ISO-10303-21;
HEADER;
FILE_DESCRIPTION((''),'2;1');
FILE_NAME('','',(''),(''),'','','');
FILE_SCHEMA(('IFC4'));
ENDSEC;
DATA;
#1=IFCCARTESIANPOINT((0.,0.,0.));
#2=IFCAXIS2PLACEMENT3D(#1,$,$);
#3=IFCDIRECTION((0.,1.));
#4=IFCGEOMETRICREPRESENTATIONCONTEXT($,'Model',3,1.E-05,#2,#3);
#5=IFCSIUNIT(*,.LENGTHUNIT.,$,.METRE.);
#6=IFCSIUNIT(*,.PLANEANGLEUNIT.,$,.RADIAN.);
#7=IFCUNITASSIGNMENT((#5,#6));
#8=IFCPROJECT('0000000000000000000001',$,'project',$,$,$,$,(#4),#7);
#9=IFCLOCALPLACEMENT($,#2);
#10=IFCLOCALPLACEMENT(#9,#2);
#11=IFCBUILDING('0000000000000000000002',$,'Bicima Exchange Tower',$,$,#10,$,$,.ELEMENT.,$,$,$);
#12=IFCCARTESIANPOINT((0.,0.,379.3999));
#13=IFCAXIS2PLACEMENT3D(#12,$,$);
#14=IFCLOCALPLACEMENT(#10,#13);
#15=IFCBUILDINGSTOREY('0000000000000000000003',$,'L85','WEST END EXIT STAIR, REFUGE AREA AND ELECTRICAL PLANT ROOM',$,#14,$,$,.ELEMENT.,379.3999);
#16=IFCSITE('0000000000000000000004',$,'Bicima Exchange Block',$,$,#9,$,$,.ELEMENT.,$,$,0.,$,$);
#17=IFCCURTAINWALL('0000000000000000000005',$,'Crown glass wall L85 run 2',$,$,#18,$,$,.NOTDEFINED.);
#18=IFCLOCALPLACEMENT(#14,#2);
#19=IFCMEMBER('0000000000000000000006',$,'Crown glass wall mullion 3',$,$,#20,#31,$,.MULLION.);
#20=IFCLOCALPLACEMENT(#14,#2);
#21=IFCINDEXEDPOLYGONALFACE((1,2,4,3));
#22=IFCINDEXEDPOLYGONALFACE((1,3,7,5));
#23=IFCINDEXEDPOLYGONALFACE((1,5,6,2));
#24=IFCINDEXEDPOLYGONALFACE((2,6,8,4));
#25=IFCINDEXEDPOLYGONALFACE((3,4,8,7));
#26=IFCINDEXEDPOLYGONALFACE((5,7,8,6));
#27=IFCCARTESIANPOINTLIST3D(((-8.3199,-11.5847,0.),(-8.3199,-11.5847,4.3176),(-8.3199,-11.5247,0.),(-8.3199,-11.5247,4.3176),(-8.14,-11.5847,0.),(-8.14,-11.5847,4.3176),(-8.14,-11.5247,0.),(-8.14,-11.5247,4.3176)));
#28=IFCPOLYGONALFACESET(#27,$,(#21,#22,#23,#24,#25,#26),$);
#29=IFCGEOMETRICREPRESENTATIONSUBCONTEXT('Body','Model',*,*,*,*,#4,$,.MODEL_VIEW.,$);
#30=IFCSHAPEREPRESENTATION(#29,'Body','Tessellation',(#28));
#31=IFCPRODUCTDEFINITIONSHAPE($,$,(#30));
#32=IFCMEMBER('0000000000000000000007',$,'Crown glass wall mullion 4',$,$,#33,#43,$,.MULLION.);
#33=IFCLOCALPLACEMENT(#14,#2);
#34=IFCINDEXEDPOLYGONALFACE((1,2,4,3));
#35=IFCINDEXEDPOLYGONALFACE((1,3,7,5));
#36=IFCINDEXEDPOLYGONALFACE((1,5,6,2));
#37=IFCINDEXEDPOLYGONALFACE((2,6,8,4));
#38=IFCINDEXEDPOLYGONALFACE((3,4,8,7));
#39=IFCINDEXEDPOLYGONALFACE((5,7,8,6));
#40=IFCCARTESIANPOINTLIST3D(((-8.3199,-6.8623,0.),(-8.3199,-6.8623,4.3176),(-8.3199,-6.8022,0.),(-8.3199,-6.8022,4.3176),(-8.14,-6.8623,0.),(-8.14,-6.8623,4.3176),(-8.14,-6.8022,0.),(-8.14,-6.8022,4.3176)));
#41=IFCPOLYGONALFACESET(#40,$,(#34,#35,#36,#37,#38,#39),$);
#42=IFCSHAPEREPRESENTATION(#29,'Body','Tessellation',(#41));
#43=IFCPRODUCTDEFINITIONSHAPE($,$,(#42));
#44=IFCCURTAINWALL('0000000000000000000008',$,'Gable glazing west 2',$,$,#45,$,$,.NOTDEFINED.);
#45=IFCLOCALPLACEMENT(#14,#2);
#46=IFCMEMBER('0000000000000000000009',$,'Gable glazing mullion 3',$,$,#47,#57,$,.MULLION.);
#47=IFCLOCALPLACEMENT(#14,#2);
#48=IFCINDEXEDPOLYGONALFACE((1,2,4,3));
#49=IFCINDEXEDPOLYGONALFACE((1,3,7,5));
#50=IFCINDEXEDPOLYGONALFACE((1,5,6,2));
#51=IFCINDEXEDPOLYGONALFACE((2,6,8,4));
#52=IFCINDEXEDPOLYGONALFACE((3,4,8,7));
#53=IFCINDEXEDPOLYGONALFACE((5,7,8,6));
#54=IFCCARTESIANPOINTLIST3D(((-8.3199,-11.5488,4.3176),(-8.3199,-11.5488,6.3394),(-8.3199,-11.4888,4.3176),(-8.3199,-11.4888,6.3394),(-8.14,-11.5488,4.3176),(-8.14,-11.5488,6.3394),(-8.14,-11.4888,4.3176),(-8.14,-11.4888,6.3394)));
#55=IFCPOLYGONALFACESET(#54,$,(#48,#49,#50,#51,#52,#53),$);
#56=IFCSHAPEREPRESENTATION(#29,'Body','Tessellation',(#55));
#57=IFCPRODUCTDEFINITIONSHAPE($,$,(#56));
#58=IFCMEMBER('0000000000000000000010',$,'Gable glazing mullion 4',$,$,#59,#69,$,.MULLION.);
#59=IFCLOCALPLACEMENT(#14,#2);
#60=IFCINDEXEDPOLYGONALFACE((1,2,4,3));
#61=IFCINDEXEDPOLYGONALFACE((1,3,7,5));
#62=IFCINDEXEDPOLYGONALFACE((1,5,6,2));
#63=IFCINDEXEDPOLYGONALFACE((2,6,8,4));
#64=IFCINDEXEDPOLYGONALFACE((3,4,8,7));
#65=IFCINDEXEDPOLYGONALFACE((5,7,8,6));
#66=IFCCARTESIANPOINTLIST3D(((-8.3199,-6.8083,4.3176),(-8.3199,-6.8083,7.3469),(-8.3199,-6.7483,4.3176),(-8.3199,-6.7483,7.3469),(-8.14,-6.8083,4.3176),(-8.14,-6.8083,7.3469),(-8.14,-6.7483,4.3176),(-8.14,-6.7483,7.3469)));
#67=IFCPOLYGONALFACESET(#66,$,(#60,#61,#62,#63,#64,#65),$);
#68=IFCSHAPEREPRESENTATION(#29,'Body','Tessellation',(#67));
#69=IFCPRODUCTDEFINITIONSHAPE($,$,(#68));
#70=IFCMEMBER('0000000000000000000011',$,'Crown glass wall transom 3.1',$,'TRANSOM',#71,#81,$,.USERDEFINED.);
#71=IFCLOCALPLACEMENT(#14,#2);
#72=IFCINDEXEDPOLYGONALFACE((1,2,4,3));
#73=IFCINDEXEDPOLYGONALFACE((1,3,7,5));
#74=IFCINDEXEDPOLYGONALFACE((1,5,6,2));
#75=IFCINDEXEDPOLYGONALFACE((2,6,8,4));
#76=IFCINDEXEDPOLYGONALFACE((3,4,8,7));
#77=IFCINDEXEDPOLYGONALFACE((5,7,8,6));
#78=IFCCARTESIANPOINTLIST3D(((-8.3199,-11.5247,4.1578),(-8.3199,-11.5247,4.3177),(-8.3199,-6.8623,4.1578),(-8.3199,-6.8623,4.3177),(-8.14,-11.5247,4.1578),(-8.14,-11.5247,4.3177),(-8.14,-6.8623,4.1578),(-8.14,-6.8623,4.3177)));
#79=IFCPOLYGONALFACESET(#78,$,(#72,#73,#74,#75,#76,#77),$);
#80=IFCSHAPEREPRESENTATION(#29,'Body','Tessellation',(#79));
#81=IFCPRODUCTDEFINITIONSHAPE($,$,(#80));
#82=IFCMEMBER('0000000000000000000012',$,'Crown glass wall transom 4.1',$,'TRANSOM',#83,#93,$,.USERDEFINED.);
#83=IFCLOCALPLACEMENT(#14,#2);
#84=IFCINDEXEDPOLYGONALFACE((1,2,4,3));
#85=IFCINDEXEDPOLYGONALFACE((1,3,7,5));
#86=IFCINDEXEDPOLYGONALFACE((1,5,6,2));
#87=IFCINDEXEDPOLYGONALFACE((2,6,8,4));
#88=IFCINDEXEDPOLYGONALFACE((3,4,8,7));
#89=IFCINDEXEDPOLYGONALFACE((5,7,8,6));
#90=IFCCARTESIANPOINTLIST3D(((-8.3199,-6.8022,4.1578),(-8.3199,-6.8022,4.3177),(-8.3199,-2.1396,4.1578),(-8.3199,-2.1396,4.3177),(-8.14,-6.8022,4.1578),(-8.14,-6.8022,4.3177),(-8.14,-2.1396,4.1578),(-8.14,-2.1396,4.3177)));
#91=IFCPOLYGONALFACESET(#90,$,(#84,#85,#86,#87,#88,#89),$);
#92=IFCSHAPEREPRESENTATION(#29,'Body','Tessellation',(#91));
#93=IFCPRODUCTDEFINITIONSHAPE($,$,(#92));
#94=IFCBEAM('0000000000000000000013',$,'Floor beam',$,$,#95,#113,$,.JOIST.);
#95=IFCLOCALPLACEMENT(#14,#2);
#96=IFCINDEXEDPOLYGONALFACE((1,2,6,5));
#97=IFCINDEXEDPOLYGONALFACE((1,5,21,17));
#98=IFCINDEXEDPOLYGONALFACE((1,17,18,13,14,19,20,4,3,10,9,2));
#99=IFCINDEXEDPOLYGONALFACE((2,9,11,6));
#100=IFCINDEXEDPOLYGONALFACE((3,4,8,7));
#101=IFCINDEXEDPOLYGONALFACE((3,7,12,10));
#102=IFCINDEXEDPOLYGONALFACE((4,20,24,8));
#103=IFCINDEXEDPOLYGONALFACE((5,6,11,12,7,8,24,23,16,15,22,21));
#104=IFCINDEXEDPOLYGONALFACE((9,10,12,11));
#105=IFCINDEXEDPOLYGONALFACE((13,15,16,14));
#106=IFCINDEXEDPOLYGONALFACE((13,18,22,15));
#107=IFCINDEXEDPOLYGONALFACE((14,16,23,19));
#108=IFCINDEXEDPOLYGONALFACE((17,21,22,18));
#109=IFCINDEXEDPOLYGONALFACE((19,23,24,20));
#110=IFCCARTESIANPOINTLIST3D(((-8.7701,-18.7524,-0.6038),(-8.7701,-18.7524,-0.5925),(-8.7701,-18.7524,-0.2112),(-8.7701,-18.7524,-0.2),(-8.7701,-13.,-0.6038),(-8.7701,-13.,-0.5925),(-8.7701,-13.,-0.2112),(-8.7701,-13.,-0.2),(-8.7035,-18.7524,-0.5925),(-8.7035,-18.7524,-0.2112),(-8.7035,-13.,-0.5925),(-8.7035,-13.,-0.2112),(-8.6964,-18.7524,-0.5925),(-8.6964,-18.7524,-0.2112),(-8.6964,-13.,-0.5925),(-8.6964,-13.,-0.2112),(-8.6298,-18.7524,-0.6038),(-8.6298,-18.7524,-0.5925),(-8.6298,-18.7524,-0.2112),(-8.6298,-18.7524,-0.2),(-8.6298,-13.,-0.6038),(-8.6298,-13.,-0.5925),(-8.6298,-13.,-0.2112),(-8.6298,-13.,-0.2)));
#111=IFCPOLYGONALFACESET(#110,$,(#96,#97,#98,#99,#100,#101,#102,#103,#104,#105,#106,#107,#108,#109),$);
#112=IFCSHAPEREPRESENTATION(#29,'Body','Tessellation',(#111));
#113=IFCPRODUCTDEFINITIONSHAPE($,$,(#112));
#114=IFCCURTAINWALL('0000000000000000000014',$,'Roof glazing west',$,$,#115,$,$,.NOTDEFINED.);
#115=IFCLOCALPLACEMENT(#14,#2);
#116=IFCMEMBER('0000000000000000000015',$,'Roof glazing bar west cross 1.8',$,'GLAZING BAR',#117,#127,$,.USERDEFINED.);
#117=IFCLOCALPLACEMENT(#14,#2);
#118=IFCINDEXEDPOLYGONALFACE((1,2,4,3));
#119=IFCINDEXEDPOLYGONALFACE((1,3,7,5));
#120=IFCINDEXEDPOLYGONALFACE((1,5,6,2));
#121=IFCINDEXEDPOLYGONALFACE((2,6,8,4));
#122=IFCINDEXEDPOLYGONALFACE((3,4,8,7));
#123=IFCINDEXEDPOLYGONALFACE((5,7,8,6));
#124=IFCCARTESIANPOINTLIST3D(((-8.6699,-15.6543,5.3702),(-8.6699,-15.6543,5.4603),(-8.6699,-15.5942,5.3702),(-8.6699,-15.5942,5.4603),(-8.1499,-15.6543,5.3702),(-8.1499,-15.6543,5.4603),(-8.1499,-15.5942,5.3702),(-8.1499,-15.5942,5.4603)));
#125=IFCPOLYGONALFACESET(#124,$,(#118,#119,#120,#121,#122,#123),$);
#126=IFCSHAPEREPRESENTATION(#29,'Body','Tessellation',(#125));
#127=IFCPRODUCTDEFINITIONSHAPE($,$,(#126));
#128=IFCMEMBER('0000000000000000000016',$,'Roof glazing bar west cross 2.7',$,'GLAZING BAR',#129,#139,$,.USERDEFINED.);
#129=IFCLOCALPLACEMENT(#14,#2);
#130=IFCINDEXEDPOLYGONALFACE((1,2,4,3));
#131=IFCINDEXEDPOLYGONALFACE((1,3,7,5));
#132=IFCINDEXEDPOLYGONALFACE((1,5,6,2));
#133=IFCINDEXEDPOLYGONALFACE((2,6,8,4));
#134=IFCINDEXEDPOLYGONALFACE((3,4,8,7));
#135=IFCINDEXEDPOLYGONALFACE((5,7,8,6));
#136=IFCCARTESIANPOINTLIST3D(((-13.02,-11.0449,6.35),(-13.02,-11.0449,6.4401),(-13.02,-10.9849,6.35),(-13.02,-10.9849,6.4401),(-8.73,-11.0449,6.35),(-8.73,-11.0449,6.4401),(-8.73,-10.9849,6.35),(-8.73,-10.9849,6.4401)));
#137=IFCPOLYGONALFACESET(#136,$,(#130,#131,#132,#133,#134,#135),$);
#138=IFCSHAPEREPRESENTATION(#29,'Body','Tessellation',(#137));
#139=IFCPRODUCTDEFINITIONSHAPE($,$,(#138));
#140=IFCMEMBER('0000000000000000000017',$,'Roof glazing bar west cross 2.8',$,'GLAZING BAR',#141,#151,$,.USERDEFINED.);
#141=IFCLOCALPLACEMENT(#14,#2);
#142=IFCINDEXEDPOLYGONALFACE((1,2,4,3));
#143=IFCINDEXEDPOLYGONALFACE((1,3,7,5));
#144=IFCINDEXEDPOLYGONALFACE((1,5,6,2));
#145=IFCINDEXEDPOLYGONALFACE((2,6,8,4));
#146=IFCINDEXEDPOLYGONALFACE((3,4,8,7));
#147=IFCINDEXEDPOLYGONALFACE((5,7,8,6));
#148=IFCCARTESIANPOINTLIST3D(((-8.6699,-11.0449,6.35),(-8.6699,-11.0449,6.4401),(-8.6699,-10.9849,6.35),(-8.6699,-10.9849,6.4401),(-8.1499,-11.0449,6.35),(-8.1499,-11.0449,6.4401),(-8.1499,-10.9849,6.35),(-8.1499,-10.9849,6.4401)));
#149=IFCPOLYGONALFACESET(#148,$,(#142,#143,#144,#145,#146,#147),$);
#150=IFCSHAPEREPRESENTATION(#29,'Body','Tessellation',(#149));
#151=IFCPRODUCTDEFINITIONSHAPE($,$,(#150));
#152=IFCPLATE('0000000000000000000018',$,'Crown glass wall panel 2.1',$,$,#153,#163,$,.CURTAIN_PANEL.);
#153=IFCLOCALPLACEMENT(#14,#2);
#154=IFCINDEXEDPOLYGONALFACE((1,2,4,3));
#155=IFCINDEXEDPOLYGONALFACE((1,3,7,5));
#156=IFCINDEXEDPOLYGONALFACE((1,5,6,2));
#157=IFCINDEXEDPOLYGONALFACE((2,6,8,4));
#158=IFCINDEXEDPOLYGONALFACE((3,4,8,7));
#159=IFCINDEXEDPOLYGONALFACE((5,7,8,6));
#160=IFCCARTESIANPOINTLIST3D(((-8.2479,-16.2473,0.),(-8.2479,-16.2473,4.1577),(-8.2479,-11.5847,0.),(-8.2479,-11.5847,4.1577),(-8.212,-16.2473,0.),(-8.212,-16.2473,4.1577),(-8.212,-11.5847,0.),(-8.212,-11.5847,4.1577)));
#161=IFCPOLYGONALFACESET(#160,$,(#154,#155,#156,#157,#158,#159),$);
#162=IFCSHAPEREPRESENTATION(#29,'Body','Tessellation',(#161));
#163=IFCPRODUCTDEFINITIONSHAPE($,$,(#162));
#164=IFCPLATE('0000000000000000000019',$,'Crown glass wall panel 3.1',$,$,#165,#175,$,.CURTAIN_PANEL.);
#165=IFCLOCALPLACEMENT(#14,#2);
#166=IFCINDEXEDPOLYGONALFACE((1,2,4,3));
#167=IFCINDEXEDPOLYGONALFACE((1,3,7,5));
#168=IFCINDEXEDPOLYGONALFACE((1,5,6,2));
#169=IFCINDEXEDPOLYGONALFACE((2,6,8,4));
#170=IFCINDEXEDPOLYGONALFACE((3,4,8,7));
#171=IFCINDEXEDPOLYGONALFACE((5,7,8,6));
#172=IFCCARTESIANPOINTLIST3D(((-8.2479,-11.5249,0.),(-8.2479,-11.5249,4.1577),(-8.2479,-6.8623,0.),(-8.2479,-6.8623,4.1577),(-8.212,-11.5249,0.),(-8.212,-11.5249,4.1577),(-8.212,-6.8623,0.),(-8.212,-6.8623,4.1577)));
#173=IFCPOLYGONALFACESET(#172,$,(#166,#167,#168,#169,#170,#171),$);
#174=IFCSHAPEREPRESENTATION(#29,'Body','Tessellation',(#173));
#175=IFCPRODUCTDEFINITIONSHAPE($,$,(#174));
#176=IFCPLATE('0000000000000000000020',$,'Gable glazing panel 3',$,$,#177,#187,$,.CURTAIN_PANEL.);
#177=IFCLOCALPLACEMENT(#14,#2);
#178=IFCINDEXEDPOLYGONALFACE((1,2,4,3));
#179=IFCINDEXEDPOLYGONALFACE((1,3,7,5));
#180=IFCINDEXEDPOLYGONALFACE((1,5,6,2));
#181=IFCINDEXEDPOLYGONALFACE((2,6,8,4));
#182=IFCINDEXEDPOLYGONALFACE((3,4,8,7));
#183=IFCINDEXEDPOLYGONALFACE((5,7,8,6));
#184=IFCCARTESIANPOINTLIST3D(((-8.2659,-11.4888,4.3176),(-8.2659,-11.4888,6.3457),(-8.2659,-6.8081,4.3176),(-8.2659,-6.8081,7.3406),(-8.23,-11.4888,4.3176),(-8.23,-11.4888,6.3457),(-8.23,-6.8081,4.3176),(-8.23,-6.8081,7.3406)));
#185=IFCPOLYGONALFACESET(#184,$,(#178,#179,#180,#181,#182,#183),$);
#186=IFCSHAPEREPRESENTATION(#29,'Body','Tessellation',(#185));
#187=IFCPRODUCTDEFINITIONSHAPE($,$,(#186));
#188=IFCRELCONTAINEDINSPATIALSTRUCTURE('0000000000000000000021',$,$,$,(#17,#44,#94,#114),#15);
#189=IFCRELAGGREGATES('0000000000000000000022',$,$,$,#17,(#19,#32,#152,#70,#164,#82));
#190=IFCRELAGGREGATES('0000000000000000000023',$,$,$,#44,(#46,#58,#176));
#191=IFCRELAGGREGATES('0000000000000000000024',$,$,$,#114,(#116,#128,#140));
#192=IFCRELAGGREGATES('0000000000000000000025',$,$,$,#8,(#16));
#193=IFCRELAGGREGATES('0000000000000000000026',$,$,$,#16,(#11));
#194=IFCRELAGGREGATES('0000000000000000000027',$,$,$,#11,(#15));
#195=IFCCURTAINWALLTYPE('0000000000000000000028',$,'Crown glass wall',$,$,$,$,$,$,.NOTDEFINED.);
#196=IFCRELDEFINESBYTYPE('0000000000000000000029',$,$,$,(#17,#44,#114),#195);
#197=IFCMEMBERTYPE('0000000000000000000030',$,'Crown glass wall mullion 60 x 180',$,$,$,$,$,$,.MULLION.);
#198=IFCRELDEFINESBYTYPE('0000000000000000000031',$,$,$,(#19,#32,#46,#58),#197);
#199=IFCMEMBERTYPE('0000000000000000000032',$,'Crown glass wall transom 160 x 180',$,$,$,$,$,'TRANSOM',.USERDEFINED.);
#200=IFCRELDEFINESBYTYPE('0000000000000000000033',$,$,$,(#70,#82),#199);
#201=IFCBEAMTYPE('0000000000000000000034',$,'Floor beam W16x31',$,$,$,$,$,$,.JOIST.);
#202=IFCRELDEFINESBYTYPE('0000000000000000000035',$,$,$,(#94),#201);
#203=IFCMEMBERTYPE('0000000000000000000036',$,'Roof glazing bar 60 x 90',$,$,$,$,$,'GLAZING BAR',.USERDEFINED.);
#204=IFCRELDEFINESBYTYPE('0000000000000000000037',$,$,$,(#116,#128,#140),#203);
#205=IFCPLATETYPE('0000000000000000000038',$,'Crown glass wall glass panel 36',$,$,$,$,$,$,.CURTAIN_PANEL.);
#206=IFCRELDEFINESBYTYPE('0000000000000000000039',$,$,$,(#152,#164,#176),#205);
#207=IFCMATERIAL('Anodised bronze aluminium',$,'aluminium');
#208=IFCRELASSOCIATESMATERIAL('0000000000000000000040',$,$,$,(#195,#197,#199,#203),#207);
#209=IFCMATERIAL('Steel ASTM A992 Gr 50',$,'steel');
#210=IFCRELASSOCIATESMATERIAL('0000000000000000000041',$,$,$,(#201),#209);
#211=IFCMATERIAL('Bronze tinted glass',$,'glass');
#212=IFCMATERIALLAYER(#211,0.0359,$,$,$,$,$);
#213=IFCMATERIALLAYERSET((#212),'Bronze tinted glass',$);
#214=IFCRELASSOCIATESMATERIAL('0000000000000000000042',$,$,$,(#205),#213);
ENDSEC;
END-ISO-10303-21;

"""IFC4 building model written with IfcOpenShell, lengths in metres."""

from ifc_helpers import new_model, si_unit, direction, frame, origin, origin_2d, place, context, subcontext, project, spatial, polyline, rectangle, i_section, outline, extrude, material, layer, layer_set, material_profile, profile_set, type_object, element, aggregate, save


model = new_model("IFC4")

# Units and contexts
model_context = context("Model", 3, precision=1e-05, world=origin(), true_north=direction((0.0, 1.0)))
body_context = subcontext(model_context, "Body", "Model", "MODEL_VIEW")
ifc_project = project(units=[si_unit("LENGTHUNIT", "METRE"), si_unit("PLANEANGLEUNIT", "RADIAN")], contexts=[model_context])

# Site, building, storey
site_placement = place(None, origin())
site = spatial("IfcSite", under=ifc_project, at=site_placement, Name="Bicima Exchange Block", CompositionType="ELEMENT", RefElevation=0.0)
building_placement = place(site_placement, origin())
building = spatial("IfcBuilding", under=site, at=building_placement, Name="Bicima Exchange Tower", CompositionType="ELEMENT")
storey_placement = place(building_placement, frame((0.0, 0.0, 379.3999)))
storey = spatial("IfcBuildingStorey", under=building, at=storey_placement, Name="L85", Description="WEST END EXIT STAIR, REFUGE AREA AND ELECTRICAL PLANT ROOM", CompositionType="ELEMENT", Elevation=379.3999)

# Curtain walls, members
ifc_material_1 = material(Name="Anodised bronze aluminium", Category="aluminium")
curtain_wall_type = type_object("IfcCurtainWallType", Name="Crown glass wall", PredefinedType="NOTDEFINED", material=ifc_material_1)
curtain_wall_1_placement = place(storey_placement, origin())
curtain_wall_1 = element("IfcCurtainWall", 1, at=curtain_wall_1_placement, inside=storey, type_object=curtain_wall_type, Name="Crown glass wall L85 run 2", PredefinedType="NOTDEFINED")
ifc_material_profile_1 = material_profile(ifc_material_1, rectangle(XDim=0.1799, YDim=0.0601, at=origin_2d()))
ifc_profile_set_1 = profile_set([ifc_material_profile_1], Name="Anodised bronze aluminium")
member_type_1 = type_object("IfcMemberType", Name="Crown glass wall mullion 60 x 180", PredefinedType="MULLION", material=ifc_profile_set_1)
member_1_placement = place(storey_placement, frame((-8.23, -11.5547, 0.0), z_axis=(0.0, 0.0, 1.0), x_axis=(-1.0, 0.0, 0.0)))
member_1 = element("IfcMember", 2, at=member_1_placement, type_object=member_type_1, Name="Crown glass wall mullion 3", PredefinedType="MULLION", context=body_context, shape_type="SweptSolid", body=[
    extrude(rectangle(XDim=0.1799, YDim=0.0601, at=origin_2d()), origin(), (0.0, 0.0, 1.0), 4.3176),
])
member_2_placement = place(storey_placement, frame((-8.23, -6.8323, 0.0), z_axis=(0.0, 0.0, 1.0), x_axis=(-1.0, 0.0, 0.0)))
member_2 = element("IfcMember", 3, at=member_2_placement, type_object=member_type_1, Name="Crown glass wall mullion 4", PredefinedType="MULLION", context=body_context, shape_type="SweptSolid", body=[
    extrude(rectangle(XDim=0.1799, YDim=0.0601, at=origin_2d()), origin(), (0.0, 0.0, 1.0), 4.3176),
])
curtain_wall_2_placement = place(storey_placement, origin())
curtain_wall_2 = element("IfcCurtainWall", 4, at=curtain_wall_2_placement, inside=storey, type_object=curtain_wall_type, Name="Gable glazing west 2", PredefinedType="NOTDEFINED")
member_3_placement = place(storey_placement, frame((-8.23, -11.5188, 4.3176), z_axis=(0.0, 0.0, 1.0), x_axis=(-1.0, 0.0, 0.0)))
member_3 = element("IfcMember", 5, at=member_3_placement, type_object=member_type_1, Name="Gable glazing mullion 3", PredefinedType="MULLION", context=body_context, shape_type="SweptSolid", body=[
    extrude(rectangle(XDim=0.1799, YDim=0.0601, at=origin_2d()), origin(), (0.0, 0.0, 1.0), 2.0217),
])
member_4_placement = place(storey_placement, frame((-8.23, -6.7783, 4.3176), z_axis=(0.0, 0.0, 1.0), x_axis=(-1.0, 0.0, 0.0)))
member_4 = element("IfcMember", 6, at=member_4_placement, type_object=member_type_1, Name="Gable glazing mullion 4", PredefinedType="MULLION", context=body_context, shape_type="SweptSolid", body=[
    extrude(rectangle(XDim=0.1799, YDim=0.0601, at=origin_2d()), origin(), (0.0, 0.0, 1.0), 3.0293),
])

# Members
ifc_material_profile_2 = material_profile(ifc_material_1, rectangle(XDim=0.1799, YDim=0.1599, at=origin_2d()))
ifc_profile_set_2 = profile_set([ifc_material_profile_2], Name="Anodised bronze aluminium")
member_type_2 = type_object("IfcMemberType", Name="Crown glass wall transom 160 x 180", ElementType="TRANSOM", PredefinedType="USERDEFINED", material=ifc_profile_set_2)
member_5_placement = place(storey_placement, frame((-8.23, -11.5247, 4.2378), z_axis=(0.0, 1.0, 0.0), x_axis=(-1.0, 0.0, 0.0)))
member_5 = element("IfcMember", 7, at=member_5_placement, type_object=member_type_2, Name="Crown glass wall transom 3.1", ObjectType="TRANSOM", PredefinedType="USERDEFINED", context=body_context, shape_type="SweptSolid", body=[
    extrude(rectangle(XDim=0.1799, YDim=0.1599, at=origin_2d()), origin(), (0.0, 0.0, 1.0), 4.6624),
])
member_6_placement = place(storey_placement, frame((-8.23, -6.8022, 4.2378), z_axis=(0.0, 1.0, 0.0), x_axis=(-1.0, 0.0, 0.0)))
member_6 = element("IfcMember", 8, at=member_6_placement, type_object=member_type_2, Name="Crown glass wall transom 4.1", ObjectType="TRANSOM", PredefinedType="USERDEFINED", context=body_context, shape_type="SweptSolid", body=[
    extrude(rectangle(XDim=0.1799, YDim=0.1599, at=origin_2d()), origin(), (0.0, 0.0, 1.0), 4.6626),
])

# Beam
ifc_material_2 = material(Name="Steel ASTM A992 Gr 50", Category="steel")
ifc_material_profile_3 = material_profile(ifc_material_2, i_section(OverallWidth=0.1404, OverallDepth=0.4038, WebThickness=0.0071, FlangeThickness=0.0112, at=origin_2d()))
ifc_profile_set_3 = profile_set([ifc_material_profile_3], Name="Steel ASTM A992 Gr 50")
beam_type = type_object("IfcBeamType", Name="Floor beam W16x31", PredefinedType="JOIST", material=ifc_profile_set_3)
beam_placement = place(storey_placement, frame((-8.7, -13.0, -0.4019), z_axis=(0.0, -1.0, 0.0), x_axis=(1.0, 0.0, 0.0)))
element("IfcBeam", 9, at=beam_placement, inside=storey, type_object=beam_type, Name="Floor beam", PredefinedType="JOIST", context=body_context, shape_type="SweptSolid", body=[
    extrude(i_section(OverallWidth=0.1404, OverallDepth=0.4038, WebThickness=0.0071, FlangeThickness=0.0112, at=origin_2d()), origin(), (0.0, 0.0, 1.0), 5.7524),
])

# Curtain wall, members
curtain_wall_3_placement = place(storey_placement, origin())
curtain_wall_3 = element("IfcCurtainWall", 10, at=curtain_wall_3_placement, inside=storey, type_object=curtain_wall_type, Name="Roof glazing west", PredefinedType="NOTDEFINED")
ifc_material_profile_4 = material_profile(ifc_material_1, rectangle(XDim=0.0601, YDim=0.0901, at=origin_2d()))
ifc_profile_set_4 = profile_set([ifc_material_profile_4], Name="Anodised bronze aluminium")
member_type_3 = type_object("IfcMemberType", Name="Roof glazing bar 60 x 90", ElementType="GLAZING BAR", PredefinedType="USERDEFINED", material=ifc_profile_set_4)
member_7_placement = place(storey_placement, frame((-8.6699, -15.6243, 5.4153), z_axis=(1.0, 0.0, 0.0), x_axis=(0.0, 1.0, 0.0)))
member_7 = element("IfcMember", 11, at=member_7_placement, type_object=member_type_3, Name="Roof glazing bar west cross 1.8", ObjectType="GLAZING BAR", PredefinedType="USERDEFINED", context=body_context, shape_type="SweptSolid", body=[
    extrude(rectangle(XDim=0.0601, YDim=0.0901, at=origin_2d()), origin(), (0.0, 0.0, 1.0), 0.52),
])
member_8_placement = place(storey_placement, frame((-13.02, -11.0149, 6.395), z_axis=(1.0, 0.0, 0.0), x_axis=(0.0, 1.0, 0.0)))
member_8 = element("IfcMember", 12, at=member_8_placement, type_object=member_type_3, Name="Roof glazing bar west cross 2.7", ObjectType="GLAZING BAR", PredefinedType="USERDEFINED", context=body_context, shape_type="SweptSolid", body=[
    extrude(rectangle(XDim=0.0601, YDim=0.0901, at=origin_2d()), origin(), (0.0, 0.0, 1.0), 4.29),
])
member_9_placement = place(storey_placement, frame((-8.6699, -11.0149, 6.395), z_axis=(1.0, 0.0, 0.0), x_axis=(0.0, 1.0, 0.0)))
member_9 = element("IfcMember", 13, at=member_9_placement, type_object=member_type_3, Name="Roof glazing bar west cross 2.8", ObjectType="GLAZING BAR", PredefinedType="USERDEFINED", context=body_context, shape_type="SweptSolid", body=[
    extrude(rectangle(XDim=0.0601, YDim=0.0901, at=origin_2d()), origin(), (0.0, 0.0, 1.0), 0.52),
])

# Plates
ifc_material_3 = material(Name="Bronze tinted glass", Category="glass")
ifc_layer_1 = layer(ifc_material_3, 0.0359)
ifc_layer_set_1 = layer_set([ifc_layer_1], Name="Bronze tinted glass")
plate_type_1 = type_object("IfcPlateType", Name="Crown glass wall glass panel 36", PredefinedType="CURTAIN_PANEL", material=ifc_layer_set_1)
plate_1_placement = place(storey_placement, frame((-8.23, -13.916, 0.0), z_axis=(0.0, 0.0, 1.0), x_axis=(0.0, 1.0, 0.0)))
plate_1 = element("IfcPlate", 14, at=plate_1_placement, type_object=plate_type_1, Name="Crown glass wall panel 2.1", PredefinedType="CURTAIN_PANEL", context=body_context, shape_type="SweptSolid", body=[
    extrude(rectangle(XDim=4.6626, YDim=0.0359, at=origin_2d()), origin(), (0.0, 0.0, 1.0), 4.1577),
])
plate_2_placement = place(storey_placement, frame((-8.23, -9.1936, 0.0), z_axis=(0.0, 0.0, 1.0), x_axis=(0.0, 1.0, 0.0)))
plate_2 = element("IfcPlate", 15, at=plate_2_placement, type_object=plate_type_1, Name="Crown glass wall panel 3.1", PredefinedType="CURTAIN_PANEL", context=body_context, shape_type="SweptSolid", body=[
    extrude(rectangle(XDim=4.6626, YDim=0.0359, at=origin_2d()), origin(), (0.0, 0.0, 1.0), 4.1577),
])
aggregate(curtain_wall_1, [member_1, member_2, plate_1, member_5, plate_2, member_6])
plate_3_placement = place(storey_placement, frame((-8.23, -11.4888, 4.3176), z_axis=(1.0, 0.0, 0.0), x_axis=(0.0, 1.0, 0.0)))
plate_3 = element("IfcPlate", 16, at=plate_3_placement, type_object=plate_type_1, Name="Gable glazing panel 3", PredefinedType="CURTAIN_PANEL", context=body_context, shape_type="SweptSolid", body=[
    extrude(outline(polyline([(0.0, 0.0), (4.6807, 0.0), (4.6807, 3.0229), (0.0, 2.0281), (0.0, 0.0)])), origin(), (0.0, 0.0, -1.0), 0.0359),
])
aggregate(curtain_wall_2, [member_3, member_4, plate_3])
aggregate(curtain_wall_3, [member_7, member_8, member_9])

save(model, "model.ifc")
